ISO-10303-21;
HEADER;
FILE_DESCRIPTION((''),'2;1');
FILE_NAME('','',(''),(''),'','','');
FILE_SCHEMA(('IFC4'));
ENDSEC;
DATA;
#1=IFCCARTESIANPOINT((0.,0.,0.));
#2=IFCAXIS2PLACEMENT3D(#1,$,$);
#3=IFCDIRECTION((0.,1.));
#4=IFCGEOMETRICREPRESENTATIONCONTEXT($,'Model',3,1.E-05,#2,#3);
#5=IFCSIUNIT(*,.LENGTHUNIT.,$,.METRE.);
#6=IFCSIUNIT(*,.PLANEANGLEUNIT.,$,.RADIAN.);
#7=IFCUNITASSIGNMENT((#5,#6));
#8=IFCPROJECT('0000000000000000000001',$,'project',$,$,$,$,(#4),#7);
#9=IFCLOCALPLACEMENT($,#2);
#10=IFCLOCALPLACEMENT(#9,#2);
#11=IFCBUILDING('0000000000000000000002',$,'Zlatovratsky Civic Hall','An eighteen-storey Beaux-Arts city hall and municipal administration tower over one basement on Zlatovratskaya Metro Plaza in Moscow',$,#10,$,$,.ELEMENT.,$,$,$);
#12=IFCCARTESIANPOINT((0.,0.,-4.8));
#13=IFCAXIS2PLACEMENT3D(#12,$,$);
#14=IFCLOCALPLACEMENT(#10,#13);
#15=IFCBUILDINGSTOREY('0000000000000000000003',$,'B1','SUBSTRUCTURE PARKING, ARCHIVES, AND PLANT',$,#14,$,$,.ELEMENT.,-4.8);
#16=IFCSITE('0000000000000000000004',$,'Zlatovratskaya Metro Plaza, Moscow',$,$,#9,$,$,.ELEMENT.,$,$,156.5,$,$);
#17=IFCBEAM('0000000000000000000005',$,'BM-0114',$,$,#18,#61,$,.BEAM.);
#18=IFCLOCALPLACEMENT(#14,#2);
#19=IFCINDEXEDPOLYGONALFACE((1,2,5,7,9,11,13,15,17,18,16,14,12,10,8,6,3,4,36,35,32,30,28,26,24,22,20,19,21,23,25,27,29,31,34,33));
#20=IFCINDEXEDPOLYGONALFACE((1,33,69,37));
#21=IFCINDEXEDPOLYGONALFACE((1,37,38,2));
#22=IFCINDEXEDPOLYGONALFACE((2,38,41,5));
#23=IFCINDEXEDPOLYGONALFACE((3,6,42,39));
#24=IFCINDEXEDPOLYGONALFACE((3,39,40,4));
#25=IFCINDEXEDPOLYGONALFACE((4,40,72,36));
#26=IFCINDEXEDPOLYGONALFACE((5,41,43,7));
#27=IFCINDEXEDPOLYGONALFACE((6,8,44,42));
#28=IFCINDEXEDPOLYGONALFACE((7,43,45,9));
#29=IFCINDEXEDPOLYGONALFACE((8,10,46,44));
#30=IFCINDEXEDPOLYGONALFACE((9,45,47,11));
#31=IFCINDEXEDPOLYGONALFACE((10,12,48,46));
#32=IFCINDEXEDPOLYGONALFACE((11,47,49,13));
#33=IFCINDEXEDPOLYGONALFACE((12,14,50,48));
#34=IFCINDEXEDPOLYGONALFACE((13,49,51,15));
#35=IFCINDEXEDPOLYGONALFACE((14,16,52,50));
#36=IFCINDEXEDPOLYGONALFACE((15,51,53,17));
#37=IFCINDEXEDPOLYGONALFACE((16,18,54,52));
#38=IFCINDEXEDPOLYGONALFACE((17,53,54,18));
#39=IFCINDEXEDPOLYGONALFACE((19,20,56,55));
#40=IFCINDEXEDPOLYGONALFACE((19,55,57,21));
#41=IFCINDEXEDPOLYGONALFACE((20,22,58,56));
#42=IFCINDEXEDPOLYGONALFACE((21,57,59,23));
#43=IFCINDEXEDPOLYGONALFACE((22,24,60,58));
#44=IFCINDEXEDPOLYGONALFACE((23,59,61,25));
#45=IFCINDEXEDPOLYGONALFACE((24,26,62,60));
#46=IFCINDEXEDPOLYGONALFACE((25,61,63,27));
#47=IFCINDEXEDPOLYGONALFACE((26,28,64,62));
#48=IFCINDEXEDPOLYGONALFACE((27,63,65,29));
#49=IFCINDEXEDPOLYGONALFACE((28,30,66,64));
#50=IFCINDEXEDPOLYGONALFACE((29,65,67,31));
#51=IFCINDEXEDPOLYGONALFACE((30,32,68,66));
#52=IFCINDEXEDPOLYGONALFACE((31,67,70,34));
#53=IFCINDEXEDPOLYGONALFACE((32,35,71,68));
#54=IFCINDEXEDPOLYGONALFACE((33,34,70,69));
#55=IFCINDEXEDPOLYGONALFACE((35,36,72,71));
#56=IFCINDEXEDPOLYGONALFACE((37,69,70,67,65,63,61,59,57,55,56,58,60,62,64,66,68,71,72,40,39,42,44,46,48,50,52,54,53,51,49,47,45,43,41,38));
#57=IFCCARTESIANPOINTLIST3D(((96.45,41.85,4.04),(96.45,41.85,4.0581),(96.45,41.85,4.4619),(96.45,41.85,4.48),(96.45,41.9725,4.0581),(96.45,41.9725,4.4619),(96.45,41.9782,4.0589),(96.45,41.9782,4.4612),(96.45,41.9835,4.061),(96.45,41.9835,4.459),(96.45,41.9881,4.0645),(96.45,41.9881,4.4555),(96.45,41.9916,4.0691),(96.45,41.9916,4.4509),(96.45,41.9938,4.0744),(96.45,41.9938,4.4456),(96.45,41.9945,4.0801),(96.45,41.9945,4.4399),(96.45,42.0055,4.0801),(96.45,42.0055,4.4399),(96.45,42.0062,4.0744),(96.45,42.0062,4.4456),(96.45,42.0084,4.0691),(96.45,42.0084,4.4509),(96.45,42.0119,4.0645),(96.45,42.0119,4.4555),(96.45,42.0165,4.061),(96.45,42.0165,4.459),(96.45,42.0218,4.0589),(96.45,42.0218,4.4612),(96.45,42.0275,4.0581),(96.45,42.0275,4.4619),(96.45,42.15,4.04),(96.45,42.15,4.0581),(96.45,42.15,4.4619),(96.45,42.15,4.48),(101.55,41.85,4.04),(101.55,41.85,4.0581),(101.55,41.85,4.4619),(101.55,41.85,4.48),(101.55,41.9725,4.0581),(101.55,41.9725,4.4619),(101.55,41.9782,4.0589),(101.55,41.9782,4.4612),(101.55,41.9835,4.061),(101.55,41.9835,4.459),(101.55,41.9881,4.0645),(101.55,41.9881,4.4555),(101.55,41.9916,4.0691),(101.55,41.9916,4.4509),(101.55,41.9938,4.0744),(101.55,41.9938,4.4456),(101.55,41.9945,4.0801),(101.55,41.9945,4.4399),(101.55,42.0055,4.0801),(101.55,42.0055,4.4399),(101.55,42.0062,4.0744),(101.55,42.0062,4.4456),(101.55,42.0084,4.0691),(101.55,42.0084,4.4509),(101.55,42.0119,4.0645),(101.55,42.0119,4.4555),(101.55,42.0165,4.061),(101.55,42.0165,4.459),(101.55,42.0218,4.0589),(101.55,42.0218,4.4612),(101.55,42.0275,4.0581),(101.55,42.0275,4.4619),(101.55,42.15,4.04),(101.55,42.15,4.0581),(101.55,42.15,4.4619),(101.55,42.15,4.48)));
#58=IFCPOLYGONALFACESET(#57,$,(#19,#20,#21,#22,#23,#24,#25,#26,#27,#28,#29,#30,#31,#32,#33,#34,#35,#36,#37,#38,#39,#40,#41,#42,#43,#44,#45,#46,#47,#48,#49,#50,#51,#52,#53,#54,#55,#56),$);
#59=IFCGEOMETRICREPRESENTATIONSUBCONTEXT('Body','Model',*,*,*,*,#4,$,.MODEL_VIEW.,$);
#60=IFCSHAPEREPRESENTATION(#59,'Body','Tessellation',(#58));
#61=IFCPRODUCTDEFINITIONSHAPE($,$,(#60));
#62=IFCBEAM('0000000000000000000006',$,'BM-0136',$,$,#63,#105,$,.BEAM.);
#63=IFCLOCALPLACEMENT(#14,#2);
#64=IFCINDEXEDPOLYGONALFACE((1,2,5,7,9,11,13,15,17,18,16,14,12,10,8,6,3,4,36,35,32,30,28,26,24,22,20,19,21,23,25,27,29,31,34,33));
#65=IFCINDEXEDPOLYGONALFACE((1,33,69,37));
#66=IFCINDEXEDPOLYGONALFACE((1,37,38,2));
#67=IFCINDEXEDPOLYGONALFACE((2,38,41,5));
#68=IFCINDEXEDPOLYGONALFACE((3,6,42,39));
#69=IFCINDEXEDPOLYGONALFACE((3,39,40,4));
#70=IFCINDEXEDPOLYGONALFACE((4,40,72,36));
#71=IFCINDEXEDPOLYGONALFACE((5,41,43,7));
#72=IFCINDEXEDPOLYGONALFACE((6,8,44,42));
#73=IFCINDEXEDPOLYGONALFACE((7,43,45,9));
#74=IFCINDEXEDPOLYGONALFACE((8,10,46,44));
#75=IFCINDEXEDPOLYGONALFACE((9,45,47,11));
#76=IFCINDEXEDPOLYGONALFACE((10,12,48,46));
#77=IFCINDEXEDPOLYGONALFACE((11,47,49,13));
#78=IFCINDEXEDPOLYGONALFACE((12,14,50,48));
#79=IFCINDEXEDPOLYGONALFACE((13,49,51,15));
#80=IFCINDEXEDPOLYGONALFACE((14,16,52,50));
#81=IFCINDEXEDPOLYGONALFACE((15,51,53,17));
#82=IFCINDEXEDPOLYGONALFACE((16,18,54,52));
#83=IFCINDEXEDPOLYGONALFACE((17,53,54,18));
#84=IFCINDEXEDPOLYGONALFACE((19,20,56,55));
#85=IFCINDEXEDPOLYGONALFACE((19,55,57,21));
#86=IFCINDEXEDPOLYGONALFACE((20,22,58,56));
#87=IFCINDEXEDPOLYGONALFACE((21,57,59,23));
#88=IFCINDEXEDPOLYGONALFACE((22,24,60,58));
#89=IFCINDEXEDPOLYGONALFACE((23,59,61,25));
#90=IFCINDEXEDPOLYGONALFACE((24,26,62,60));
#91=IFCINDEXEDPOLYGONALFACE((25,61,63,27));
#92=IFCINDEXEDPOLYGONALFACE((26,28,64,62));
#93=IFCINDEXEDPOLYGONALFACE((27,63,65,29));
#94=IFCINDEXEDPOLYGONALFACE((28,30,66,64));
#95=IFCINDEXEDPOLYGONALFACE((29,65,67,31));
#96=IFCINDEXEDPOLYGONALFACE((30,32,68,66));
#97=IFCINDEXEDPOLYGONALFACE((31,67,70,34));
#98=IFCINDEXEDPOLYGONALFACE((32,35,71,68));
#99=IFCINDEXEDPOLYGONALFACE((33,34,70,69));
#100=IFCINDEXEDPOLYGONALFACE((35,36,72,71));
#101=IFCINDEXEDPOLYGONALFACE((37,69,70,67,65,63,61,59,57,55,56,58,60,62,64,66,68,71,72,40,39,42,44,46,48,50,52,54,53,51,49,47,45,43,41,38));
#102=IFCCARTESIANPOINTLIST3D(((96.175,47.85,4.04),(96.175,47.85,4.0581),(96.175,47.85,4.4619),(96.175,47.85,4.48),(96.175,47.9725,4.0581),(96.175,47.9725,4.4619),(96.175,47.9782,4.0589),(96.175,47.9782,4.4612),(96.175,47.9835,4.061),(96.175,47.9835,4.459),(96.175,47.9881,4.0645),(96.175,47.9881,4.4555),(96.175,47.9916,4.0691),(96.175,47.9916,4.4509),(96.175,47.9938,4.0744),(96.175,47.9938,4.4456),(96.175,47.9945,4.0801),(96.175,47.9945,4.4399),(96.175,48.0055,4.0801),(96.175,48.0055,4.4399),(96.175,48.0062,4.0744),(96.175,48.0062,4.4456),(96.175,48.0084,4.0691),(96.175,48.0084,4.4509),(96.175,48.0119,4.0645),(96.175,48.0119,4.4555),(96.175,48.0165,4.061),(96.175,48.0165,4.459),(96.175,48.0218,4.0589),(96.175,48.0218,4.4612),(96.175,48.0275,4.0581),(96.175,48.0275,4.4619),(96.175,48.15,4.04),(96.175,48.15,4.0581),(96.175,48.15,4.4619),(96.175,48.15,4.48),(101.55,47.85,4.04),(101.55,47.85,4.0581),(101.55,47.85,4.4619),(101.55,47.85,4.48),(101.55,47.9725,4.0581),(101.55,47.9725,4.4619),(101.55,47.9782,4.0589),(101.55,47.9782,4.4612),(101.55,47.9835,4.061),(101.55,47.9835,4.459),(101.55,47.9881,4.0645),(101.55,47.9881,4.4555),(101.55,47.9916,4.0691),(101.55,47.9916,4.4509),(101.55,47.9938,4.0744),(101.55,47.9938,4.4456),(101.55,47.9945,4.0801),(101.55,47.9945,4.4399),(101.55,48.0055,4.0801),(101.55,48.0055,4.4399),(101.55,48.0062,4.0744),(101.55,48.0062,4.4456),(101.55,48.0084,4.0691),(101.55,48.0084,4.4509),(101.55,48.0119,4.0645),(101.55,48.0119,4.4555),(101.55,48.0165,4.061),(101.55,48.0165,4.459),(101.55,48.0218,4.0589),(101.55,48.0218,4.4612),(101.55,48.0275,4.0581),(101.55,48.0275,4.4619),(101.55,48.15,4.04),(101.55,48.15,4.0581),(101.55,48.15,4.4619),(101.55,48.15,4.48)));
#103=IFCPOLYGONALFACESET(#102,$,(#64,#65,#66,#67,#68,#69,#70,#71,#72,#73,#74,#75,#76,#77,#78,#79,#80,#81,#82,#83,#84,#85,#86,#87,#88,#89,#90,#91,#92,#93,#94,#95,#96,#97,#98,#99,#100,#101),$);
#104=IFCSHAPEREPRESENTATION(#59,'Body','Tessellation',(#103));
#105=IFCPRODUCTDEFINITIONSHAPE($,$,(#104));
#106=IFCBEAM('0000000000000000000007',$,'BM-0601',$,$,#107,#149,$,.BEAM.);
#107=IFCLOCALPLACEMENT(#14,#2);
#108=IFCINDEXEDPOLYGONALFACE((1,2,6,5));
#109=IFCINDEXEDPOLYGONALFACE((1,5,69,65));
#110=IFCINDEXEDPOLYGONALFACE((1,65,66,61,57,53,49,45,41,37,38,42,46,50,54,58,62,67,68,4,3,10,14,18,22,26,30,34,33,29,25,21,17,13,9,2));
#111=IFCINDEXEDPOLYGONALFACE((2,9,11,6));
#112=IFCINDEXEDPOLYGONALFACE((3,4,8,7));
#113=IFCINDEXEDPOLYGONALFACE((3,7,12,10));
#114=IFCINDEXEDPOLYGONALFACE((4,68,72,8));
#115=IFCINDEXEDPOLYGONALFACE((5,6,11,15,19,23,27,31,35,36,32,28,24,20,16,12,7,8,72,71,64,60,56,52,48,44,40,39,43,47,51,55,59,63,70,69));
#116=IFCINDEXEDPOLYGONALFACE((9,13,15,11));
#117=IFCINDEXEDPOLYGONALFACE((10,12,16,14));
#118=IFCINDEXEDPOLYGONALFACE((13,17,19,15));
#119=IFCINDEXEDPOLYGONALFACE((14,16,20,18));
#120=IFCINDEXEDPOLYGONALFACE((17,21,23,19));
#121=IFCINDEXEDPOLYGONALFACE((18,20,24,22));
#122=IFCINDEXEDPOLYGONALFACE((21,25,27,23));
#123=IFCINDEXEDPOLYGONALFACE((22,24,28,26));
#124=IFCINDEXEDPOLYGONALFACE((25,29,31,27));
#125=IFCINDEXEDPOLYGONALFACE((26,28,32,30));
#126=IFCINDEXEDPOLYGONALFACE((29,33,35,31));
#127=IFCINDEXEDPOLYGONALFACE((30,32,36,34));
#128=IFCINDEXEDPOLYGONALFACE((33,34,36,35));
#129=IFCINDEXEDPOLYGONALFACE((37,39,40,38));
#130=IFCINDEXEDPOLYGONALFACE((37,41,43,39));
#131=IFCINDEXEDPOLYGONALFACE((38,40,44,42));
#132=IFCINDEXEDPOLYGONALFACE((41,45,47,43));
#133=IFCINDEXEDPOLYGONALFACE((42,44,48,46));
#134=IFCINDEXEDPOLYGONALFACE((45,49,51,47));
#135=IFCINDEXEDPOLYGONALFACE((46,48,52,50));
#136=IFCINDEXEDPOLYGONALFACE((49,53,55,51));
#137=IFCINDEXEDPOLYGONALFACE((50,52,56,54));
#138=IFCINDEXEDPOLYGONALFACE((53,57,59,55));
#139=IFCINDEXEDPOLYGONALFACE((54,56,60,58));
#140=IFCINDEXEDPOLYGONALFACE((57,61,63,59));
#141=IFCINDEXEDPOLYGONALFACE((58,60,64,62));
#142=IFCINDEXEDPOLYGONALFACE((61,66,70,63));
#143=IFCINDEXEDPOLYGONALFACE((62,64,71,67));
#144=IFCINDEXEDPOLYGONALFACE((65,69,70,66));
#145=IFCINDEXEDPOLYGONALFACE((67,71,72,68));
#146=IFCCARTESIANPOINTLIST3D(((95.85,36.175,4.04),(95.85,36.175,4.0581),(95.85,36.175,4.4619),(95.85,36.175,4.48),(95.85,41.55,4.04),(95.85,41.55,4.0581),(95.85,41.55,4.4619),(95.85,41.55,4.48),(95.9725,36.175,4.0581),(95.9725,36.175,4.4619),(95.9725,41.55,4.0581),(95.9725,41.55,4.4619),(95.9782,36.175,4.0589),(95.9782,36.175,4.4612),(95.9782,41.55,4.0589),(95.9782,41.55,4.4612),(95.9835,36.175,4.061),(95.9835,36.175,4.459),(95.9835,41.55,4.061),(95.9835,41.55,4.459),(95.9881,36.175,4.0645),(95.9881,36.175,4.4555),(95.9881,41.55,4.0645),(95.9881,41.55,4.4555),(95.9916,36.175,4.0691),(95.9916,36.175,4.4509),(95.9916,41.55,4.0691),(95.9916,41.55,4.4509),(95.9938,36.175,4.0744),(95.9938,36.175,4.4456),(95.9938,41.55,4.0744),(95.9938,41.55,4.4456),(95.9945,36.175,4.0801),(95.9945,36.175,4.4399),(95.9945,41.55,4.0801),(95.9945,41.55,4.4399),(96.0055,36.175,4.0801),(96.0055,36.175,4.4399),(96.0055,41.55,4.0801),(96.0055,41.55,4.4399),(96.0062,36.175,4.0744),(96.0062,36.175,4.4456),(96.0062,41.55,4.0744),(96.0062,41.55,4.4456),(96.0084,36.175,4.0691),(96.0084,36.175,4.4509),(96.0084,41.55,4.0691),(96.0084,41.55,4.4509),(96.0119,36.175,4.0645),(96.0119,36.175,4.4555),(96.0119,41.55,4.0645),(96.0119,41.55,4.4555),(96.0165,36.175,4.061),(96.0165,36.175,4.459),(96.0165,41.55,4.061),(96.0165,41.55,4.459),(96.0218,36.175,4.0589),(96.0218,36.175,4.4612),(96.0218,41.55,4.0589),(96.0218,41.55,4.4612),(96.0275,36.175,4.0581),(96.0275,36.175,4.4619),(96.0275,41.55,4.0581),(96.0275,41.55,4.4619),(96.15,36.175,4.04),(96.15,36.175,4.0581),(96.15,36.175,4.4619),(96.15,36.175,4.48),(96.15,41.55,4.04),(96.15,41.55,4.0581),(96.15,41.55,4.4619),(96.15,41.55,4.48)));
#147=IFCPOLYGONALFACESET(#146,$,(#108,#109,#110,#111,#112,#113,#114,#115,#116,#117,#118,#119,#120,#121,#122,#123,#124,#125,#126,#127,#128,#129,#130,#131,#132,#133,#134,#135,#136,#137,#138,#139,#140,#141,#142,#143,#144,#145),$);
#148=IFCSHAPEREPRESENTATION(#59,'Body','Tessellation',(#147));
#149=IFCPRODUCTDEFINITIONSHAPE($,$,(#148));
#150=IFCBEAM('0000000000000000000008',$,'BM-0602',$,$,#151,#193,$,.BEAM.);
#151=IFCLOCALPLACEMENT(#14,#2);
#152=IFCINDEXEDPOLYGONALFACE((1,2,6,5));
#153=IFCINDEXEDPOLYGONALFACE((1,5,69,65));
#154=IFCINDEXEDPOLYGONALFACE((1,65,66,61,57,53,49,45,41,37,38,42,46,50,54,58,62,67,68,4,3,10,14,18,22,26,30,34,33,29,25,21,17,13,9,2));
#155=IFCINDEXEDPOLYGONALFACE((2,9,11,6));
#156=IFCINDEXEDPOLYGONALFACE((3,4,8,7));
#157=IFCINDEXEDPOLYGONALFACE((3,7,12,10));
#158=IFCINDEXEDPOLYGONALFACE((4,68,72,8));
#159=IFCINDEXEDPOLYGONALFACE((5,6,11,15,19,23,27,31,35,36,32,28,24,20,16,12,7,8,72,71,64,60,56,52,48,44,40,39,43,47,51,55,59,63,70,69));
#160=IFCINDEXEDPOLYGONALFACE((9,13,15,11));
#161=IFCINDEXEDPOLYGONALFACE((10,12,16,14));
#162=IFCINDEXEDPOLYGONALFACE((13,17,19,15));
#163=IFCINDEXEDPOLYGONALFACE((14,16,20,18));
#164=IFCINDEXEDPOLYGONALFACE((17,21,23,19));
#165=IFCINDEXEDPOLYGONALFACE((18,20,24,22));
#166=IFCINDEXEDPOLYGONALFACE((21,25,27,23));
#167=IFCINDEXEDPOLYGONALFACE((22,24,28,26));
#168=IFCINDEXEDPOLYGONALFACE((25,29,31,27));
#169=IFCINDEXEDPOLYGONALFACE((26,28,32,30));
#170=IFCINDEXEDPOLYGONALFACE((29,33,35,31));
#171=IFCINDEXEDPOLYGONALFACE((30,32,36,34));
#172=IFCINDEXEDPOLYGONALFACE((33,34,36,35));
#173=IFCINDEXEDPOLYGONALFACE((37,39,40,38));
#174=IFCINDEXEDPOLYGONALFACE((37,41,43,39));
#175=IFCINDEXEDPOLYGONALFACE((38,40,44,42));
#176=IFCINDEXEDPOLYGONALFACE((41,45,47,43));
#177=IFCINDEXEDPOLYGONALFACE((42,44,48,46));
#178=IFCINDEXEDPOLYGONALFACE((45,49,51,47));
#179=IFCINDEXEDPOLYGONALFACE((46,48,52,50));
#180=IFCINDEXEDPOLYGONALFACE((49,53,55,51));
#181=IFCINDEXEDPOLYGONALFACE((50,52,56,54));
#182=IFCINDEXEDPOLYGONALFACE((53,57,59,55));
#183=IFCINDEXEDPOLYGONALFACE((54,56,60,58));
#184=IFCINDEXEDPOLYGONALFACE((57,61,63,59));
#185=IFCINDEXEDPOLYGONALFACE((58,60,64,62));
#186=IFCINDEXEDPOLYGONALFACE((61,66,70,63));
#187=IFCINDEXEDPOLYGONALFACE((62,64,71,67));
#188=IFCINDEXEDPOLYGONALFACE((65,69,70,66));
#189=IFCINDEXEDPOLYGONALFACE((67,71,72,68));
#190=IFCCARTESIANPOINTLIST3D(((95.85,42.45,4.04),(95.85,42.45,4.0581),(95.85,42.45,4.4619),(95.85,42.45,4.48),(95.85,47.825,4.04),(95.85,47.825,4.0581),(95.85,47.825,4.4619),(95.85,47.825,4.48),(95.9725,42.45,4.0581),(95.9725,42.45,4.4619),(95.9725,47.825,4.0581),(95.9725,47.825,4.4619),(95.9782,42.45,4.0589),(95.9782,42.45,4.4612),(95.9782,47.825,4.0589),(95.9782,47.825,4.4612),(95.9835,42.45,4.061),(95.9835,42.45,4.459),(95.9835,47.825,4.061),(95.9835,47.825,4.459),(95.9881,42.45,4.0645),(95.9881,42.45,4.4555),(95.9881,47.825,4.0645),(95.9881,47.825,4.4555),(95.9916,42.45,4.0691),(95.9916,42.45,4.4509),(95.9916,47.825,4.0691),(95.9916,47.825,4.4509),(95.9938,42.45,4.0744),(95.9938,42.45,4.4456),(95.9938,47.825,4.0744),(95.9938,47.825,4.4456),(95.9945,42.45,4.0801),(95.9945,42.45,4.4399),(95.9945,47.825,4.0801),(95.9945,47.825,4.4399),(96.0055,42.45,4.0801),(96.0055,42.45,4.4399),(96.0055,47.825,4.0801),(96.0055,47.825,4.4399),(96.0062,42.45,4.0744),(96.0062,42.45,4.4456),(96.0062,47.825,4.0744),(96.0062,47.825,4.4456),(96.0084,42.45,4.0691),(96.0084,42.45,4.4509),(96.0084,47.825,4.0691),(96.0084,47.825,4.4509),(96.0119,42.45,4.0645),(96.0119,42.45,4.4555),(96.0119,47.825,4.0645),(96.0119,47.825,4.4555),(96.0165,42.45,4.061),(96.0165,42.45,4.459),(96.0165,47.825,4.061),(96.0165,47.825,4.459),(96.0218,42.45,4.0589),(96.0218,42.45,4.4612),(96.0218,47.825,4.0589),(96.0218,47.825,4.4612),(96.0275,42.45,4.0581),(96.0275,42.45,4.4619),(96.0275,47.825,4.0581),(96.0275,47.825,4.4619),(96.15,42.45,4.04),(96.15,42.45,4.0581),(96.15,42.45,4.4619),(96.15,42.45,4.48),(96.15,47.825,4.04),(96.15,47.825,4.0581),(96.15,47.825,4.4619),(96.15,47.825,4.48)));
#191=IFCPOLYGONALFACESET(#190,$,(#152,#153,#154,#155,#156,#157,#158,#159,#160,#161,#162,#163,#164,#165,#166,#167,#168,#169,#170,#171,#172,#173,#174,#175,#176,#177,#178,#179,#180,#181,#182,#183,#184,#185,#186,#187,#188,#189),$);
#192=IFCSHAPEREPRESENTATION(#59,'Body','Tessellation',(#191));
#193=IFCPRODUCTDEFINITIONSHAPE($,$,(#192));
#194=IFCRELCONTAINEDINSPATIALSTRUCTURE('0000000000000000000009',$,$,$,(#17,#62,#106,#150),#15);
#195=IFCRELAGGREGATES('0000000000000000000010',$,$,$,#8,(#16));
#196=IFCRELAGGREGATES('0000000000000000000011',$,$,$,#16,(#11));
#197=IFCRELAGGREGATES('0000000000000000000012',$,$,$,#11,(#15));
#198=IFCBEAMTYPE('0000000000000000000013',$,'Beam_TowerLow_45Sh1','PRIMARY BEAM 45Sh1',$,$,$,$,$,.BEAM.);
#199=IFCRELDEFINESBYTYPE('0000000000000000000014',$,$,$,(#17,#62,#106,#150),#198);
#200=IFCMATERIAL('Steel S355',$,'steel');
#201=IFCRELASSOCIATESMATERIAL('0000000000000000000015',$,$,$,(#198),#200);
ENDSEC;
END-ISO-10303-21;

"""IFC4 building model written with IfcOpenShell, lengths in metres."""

from ifc_helpers import new_model, si_unit, direction, frame, origin, origin_2d, place, context, subcontext, project, spatial, i_section, extrude, material, material_profile, profile_set, type_object, element, save


model = new_model("IFC4")

# Units and contexts
model_context = context("Model", 3, precision=1e-05, world=origin(), true_north=direction((0.0, 1.0)))
body_context = subcontext(model_context, "Body", "Model", "MODEL_VIEW")
ifc_project = project(units=[si_unit("LENGTHUNIT", "METRE"), si_unit("PLANEANGLEUNIT", "RADIAN")], contexts=[model_context])

# Site, building, storey
site_placement = place(None, origin())
site = spatial("IfcSite", under=ifc_project, at=site_placement, Name="Zlatovratskaya Metro Plaza, Moscow", CompositionType="ELEMENT", RefElevation=156.5)
building_placement = place(site_placement, origin())
building = spatial("IfcBuilding", under=site, at=building_placement, Name="Zlatovratsky Civic Hall", Description="An eighteen-storey Beaux-Arts city hall and municipal administration tower over one basement on Zlatovratskaya Metro Plaza in Moscow", CompositionType="ELEMENT")
storey_placement = place(building_placement, frame((0.0, 0.0, -4.8)))
storey = spatial("IfcBuildingStorey", under=building, at=storey_placement, Name="B1", Description="SUBSTRUCTURE PARKING, ARCHIVES, AND PLANT", CompositionType="ELEMENT", Elevation=-4.8)

# Shared definitions
ifc_material_1 = material(Name="Steel S355", Category="steel")

# Beams
ifc_material_profile_1 = material_profile(ifc_material_1, i_section(OverallWidth=0.3, OverallDepth=0.4399, WebThickness=0.011, FlangeThickness=0.0181, FilletRadius=0.022, at=origin_2d()), Name="45Sh1")
ifc_profile_set_1 = profile_set([ifc_material_profile_1], Name="Steel S355")
beam_type = type_object("IfcBeamType", Name="Beam_TowerLow_45Sh1", Description="PRIMARY BEAM 45Sh1", PredefinedType="BEAM", material=ifc_profile_set_1)
for number, where, z_axis, x_axis, name in (
    (1, (96.45, 42.0, 4.26), (1.0, 0.0, 0.0), (0.0, 1.0, 0.0), "BM-0114"),
):
    element("IfcBeam", number, at=place(storey_placement, frame(where, z_axis=z_axis, x_axis=x_axis)), inside=storey, type_object=beam_type, Name=name, PredefinedType="BEAM", context=body_context, shape_type="SweptSolid", body=[
        extrude(i_section(OverallWidth=0.3, OverallDepth=0.4399, WebThickness=0.011, FlangeThickness=0.0181, FilletRadius=0.022, at=origin_2d()), origin(), (0.0, 0.0, 1.0), 5.1001),
    ])
for number, where, z_axis, x_axis, name in (
    (2, (96.175, 48.0, 4.26), (1.0, 0.0, 0.0), (0.0, 1.0, 0.0), "BM-0136"),
    (3, (96.0, 36.175, 4.26), (0.0, 1.0, 0.0), (-1.0, 0.0, 0.0), "BM-0601"),
    (4, (96.0, 42.45, 4.26), (0.0, 1.0, 0.0), (-1.0, 0.0, 0.0), "BM-0602"),
):
    element("IfcBeam", number, at=place(storey_placement, frame(where, z_axis=z_axis, x_axis=x_axis)), inside=storey, type_object=beam_type, Name=name, PredefinedType="BEAM", context=body_context, shape_type="SweptSolid", body=[
        extrude(i_section(OverallWidth=0.3, OverallDepth=0.4399, WebThickness=0.011, FlangeThickness=0.0181, FilletRadius=0.022, at=origin_2d()), origin(), (0.0, 0.0, 1.0), 5.375),
    ])

save(model, "model.ifc")
